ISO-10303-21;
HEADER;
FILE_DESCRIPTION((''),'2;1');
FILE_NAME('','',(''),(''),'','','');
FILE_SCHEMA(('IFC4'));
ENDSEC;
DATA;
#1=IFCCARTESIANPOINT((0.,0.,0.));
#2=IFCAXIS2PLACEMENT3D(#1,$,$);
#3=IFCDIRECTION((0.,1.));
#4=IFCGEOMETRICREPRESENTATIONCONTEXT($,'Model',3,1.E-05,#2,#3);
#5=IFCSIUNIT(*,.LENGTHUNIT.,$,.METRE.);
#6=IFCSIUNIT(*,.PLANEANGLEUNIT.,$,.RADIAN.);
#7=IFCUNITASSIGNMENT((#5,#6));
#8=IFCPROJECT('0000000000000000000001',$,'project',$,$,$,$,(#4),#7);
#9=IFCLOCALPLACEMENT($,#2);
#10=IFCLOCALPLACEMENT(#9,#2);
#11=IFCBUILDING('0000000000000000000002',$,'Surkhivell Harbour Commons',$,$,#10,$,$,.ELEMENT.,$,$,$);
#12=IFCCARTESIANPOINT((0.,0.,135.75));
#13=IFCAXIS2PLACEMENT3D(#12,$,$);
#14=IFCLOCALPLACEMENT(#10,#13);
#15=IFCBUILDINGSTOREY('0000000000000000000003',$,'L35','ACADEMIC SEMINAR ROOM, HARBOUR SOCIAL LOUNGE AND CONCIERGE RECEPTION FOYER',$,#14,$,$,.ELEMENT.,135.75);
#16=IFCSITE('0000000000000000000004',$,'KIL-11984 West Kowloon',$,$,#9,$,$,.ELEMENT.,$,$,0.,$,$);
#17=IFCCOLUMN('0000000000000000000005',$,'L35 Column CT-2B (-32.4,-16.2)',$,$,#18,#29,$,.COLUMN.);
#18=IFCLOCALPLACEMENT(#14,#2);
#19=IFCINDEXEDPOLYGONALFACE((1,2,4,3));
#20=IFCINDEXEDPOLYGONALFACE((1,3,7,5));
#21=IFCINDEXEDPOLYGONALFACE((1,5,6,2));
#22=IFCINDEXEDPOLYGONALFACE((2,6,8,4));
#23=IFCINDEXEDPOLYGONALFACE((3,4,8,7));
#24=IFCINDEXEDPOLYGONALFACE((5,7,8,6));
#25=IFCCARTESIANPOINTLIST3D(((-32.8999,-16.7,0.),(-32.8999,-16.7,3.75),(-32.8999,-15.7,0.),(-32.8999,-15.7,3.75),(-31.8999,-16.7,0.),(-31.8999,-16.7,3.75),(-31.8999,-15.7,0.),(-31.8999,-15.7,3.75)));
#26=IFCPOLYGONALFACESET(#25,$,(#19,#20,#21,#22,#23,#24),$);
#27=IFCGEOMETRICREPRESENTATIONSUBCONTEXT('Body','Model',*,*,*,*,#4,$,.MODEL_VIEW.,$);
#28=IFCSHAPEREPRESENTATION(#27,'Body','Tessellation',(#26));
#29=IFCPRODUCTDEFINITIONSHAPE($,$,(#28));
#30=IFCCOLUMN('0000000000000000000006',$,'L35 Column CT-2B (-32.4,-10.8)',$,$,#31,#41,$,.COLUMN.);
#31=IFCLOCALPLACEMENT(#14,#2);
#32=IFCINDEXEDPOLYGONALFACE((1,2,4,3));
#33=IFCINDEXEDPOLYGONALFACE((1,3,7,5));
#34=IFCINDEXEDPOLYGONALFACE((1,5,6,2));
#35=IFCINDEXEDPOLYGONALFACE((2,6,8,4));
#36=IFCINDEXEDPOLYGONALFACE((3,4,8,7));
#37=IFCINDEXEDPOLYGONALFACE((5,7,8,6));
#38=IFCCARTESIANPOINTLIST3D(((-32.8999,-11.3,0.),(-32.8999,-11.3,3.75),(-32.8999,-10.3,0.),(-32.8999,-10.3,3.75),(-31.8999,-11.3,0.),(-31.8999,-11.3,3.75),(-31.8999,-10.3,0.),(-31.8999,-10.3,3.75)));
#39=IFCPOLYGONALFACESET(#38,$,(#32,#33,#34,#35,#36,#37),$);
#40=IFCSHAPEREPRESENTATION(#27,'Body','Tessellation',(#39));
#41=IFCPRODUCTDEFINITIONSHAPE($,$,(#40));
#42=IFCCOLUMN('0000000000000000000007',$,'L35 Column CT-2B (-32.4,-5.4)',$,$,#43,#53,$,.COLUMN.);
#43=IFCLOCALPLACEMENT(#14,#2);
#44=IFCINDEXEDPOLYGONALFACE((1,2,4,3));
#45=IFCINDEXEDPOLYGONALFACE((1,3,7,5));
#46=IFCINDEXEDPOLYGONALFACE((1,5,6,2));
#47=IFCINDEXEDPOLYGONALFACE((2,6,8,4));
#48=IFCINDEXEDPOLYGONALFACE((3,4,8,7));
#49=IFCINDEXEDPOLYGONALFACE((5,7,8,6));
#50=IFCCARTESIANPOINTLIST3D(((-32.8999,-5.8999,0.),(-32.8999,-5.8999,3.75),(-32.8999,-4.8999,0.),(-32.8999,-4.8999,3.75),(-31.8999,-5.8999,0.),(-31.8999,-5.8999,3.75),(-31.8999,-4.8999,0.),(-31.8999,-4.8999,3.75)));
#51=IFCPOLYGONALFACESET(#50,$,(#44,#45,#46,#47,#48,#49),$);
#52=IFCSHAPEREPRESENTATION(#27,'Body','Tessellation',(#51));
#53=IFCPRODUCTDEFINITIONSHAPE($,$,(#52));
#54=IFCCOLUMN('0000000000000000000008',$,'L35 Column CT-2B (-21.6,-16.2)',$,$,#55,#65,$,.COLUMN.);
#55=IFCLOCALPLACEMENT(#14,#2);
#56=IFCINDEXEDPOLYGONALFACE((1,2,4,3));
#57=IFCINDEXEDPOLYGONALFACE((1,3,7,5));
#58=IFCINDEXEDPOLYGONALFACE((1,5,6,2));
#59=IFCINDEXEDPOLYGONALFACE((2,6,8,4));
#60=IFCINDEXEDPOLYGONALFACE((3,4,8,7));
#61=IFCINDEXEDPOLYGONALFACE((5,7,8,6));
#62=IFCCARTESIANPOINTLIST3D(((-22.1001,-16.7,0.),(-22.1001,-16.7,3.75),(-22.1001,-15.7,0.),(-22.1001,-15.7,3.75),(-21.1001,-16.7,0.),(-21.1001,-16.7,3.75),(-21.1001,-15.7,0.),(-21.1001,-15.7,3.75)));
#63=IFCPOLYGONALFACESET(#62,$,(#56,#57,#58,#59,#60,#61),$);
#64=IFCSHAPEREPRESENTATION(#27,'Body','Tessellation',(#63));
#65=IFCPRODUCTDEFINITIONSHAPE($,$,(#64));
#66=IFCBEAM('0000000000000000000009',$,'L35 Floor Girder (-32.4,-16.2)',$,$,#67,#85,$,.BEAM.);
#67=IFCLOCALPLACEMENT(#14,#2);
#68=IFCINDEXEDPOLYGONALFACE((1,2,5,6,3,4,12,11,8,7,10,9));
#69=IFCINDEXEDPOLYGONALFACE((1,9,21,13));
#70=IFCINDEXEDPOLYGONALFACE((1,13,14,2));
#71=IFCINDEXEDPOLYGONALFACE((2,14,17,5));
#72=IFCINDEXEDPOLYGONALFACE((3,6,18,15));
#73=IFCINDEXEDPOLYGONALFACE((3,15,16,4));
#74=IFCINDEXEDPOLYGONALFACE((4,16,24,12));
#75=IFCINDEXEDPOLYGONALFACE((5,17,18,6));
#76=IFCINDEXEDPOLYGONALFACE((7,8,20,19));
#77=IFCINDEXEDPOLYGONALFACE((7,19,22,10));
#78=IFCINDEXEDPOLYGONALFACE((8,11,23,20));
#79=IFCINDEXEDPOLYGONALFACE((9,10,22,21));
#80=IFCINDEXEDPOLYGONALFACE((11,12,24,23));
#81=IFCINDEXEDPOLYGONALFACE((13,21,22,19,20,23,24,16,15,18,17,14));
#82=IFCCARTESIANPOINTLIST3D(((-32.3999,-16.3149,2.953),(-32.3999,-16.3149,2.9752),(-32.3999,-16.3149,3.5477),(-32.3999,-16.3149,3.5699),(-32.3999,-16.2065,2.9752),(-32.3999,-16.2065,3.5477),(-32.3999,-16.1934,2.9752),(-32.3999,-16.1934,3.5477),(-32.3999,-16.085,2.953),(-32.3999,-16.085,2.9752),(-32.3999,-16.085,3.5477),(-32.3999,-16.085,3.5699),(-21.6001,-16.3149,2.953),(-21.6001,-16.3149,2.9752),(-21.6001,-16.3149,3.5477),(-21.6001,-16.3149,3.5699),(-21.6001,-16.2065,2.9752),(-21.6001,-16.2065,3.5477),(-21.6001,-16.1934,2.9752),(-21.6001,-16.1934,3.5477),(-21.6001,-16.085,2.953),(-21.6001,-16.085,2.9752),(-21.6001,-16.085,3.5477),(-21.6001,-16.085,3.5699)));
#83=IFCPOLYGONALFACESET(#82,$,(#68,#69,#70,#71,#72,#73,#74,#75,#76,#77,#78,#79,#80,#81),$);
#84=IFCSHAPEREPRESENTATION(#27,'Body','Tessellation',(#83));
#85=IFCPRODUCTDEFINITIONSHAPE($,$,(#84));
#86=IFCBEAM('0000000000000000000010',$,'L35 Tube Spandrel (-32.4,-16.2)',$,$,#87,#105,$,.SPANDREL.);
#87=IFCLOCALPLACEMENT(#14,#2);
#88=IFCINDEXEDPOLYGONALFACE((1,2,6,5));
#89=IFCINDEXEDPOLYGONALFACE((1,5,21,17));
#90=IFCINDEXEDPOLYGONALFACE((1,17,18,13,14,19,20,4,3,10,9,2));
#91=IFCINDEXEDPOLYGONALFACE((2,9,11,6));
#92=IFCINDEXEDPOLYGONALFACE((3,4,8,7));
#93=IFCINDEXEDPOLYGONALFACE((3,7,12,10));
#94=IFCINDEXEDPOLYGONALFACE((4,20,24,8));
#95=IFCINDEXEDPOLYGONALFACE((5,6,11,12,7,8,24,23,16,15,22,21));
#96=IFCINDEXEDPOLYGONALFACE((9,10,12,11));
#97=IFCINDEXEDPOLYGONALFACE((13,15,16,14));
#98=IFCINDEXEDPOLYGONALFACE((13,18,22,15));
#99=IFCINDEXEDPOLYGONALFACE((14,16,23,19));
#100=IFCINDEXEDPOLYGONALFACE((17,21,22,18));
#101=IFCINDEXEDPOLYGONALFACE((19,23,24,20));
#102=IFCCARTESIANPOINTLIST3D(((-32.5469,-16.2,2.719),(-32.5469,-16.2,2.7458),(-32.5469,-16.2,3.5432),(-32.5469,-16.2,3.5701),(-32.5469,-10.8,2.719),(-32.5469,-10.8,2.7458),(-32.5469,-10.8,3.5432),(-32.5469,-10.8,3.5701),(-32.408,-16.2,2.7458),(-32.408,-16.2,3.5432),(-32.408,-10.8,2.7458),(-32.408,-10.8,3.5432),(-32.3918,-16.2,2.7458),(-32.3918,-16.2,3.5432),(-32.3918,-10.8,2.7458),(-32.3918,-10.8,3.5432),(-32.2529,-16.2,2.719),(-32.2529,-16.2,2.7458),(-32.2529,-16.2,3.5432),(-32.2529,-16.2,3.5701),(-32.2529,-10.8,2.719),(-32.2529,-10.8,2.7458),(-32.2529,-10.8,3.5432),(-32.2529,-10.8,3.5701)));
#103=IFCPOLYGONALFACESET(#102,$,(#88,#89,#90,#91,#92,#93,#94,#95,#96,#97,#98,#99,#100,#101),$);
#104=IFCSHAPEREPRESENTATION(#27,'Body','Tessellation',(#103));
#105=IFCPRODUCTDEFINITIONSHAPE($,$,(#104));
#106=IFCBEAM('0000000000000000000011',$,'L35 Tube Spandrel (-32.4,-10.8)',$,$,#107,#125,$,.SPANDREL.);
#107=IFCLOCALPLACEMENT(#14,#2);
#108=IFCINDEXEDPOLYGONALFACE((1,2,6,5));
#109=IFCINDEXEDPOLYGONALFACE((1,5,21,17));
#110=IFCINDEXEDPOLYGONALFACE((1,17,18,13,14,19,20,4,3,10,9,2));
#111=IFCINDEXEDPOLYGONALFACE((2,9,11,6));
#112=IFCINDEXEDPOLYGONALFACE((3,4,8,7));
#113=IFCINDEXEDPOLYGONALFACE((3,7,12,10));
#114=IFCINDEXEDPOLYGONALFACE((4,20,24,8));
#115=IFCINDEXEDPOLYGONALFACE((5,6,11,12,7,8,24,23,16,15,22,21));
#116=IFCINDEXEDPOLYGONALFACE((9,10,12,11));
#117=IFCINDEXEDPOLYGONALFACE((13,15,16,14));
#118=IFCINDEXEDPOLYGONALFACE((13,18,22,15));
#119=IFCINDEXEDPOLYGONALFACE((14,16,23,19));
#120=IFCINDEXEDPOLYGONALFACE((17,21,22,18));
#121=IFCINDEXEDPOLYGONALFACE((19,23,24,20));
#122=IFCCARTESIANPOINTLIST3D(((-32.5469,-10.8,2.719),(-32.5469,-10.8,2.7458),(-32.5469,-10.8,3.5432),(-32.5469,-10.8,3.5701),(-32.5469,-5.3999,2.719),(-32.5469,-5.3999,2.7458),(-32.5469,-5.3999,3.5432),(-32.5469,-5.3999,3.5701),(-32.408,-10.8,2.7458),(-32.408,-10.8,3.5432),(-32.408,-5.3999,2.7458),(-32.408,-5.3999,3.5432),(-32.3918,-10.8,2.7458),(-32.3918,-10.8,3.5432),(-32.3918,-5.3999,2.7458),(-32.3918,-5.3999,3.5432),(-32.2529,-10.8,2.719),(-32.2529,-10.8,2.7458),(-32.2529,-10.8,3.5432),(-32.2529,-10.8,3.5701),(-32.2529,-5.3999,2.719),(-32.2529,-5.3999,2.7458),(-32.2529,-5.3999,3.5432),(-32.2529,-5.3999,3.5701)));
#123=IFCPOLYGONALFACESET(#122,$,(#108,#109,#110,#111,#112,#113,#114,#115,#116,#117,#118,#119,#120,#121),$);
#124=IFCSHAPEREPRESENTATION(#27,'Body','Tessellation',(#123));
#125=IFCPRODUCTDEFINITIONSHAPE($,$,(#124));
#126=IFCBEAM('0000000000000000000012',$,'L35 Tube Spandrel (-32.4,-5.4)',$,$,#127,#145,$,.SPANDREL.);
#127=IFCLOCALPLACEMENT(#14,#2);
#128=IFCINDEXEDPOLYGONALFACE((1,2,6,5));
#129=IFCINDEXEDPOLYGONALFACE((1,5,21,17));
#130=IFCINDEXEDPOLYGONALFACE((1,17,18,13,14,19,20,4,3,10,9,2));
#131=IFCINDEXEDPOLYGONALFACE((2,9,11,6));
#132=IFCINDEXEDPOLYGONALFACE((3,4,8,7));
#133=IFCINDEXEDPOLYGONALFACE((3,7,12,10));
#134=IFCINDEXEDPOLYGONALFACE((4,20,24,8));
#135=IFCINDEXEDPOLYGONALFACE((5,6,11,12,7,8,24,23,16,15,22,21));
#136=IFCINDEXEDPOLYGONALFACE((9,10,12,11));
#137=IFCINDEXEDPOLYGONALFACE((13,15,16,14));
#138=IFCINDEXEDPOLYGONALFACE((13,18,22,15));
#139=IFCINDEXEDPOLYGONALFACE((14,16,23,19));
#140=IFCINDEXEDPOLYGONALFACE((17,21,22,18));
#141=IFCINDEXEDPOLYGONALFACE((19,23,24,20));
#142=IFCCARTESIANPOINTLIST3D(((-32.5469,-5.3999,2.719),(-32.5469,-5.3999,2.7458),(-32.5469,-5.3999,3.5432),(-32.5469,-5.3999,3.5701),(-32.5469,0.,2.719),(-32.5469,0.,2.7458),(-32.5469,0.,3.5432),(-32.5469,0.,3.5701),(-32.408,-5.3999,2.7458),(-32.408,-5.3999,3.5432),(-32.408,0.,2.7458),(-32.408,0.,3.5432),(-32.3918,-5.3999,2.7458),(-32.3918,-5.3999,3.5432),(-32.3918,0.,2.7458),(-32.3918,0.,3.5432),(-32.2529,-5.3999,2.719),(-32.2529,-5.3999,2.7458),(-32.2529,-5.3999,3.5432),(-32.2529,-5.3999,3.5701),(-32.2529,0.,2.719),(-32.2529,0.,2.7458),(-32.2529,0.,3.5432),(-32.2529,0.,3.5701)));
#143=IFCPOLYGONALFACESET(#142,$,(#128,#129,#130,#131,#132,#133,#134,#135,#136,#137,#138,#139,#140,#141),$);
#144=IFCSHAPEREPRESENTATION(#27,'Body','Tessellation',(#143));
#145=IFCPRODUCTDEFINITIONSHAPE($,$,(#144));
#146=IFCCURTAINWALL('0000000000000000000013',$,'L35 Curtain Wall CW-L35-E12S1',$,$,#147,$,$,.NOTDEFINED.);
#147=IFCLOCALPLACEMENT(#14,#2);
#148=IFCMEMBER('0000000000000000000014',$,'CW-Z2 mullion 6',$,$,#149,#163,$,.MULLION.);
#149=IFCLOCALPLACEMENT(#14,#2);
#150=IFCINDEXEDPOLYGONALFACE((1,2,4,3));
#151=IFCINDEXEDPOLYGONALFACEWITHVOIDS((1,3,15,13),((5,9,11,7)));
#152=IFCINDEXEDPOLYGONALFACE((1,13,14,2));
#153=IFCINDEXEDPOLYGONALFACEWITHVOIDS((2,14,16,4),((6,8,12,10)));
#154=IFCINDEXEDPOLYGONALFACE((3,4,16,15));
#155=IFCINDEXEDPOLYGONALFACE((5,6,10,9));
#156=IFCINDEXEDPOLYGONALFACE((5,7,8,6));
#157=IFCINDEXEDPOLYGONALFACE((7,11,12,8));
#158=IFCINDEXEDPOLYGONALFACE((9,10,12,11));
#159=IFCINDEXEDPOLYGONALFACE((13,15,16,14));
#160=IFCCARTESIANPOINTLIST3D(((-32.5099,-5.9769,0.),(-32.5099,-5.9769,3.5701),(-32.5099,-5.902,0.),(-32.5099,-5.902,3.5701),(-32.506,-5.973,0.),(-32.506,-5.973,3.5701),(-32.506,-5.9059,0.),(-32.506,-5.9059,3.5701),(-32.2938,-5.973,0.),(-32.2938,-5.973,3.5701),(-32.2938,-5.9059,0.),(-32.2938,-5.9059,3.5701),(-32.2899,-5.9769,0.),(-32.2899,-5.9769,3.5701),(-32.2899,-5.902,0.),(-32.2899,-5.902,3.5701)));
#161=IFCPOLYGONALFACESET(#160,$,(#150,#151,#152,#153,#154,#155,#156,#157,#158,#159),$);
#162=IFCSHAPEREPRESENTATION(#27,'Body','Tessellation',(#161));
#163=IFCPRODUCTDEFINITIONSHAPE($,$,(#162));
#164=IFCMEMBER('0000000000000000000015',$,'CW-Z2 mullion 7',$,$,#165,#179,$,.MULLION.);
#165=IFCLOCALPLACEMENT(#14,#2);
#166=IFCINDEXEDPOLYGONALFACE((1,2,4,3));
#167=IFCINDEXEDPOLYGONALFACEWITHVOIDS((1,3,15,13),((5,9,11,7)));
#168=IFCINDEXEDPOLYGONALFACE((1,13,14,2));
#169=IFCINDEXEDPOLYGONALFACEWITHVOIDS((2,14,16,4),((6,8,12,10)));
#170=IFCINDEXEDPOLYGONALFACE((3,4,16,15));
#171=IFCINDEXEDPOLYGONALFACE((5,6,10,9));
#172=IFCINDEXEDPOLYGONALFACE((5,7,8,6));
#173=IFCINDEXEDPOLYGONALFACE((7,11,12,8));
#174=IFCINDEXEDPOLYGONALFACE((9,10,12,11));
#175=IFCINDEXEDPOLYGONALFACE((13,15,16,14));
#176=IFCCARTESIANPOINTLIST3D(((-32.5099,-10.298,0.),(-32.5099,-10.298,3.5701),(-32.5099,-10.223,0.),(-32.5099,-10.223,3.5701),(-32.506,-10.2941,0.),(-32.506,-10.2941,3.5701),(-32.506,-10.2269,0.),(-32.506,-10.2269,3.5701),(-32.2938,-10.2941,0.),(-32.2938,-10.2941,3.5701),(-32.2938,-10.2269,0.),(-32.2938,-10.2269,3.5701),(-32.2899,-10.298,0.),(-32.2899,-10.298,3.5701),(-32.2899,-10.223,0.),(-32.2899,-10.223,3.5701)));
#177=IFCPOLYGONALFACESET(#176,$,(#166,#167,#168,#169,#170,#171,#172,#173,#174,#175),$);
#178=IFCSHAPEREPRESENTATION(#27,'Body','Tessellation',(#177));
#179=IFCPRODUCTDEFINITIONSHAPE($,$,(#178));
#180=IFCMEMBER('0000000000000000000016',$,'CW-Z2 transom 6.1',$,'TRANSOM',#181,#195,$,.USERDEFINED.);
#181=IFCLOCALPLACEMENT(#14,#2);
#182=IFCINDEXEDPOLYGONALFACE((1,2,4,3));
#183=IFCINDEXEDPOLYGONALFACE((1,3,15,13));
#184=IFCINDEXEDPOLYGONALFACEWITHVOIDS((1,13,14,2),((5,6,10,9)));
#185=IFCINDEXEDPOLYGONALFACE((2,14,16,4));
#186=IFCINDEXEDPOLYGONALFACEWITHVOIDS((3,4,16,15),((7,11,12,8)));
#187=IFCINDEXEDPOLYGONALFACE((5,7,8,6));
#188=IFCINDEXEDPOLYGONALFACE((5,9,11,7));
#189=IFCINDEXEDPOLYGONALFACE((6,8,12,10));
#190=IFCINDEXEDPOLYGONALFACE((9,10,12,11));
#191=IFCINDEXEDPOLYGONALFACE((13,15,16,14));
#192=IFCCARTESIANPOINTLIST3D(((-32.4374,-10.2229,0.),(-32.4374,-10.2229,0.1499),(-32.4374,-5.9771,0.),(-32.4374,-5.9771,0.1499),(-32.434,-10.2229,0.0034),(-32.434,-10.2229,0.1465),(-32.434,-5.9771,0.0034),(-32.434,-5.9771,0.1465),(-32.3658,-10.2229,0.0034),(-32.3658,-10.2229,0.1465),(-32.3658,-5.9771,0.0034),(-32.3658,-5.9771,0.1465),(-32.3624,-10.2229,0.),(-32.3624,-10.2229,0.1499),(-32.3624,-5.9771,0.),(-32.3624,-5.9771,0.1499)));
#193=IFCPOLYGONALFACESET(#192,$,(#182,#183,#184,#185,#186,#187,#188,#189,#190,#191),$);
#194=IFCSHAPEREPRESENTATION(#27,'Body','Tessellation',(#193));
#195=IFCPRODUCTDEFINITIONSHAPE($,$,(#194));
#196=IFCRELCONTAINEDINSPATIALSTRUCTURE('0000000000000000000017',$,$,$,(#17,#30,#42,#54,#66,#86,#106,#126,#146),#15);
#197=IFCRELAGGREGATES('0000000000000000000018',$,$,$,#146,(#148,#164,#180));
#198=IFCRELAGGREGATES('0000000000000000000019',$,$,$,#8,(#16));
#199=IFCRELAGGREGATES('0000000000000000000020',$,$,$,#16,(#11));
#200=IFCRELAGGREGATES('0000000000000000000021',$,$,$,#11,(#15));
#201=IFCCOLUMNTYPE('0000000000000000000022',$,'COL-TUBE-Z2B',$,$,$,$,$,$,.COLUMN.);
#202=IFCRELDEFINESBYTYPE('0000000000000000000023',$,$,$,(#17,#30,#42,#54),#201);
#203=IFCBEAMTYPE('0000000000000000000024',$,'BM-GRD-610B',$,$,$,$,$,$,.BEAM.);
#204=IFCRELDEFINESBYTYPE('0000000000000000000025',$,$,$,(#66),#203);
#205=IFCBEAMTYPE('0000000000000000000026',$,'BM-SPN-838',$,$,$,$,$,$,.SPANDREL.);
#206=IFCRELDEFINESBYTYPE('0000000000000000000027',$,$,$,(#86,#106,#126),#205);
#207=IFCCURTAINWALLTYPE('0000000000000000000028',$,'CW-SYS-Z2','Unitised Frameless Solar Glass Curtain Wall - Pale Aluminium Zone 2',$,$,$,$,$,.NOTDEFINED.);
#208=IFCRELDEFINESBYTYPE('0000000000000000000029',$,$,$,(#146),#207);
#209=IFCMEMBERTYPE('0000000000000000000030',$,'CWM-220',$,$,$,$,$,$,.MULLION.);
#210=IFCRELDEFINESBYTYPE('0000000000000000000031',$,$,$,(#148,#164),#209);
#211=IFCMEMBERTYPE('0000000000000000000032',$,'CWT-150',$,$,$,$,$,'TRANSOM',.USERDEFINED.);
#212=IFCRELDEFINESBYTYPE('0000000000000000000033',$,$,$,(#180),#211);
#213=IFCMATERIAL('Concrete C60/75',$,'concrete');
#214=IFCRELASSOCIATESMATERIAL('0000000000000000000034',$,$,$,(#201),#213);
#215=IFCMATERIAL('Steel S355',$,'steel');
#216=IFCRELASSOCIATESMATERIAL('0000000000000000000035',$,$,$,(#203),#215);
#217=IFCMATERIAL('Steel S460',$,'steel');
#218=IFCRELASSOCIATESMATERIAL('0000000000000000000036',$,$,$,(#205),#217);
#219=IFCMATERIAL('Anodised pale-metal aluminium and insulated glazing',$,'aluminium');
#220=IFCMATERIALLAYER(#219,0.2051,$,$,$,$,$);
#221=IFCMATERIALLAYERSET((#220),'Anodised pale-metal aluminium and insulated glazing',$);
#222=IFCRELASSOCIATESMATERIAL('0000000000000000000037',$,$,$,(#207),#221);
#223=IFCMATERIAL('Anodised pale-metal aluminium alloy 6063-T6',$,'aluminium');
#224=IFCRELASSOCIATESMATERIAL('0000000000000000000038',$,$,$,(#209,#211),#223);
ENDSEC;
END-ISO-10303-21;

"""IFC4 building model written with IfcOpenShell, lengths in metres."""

from ifc_helpers import new_model, si_unit, direction, frame, origin, origin_2d, place, context, subcontext, project, spatial, rectangle, hollow_rectangle, i_section, extrude, material, layer, layer_set, material_profile, profile_set, type_object, element, aggregate, save


model = new_model("IFC4")

# Units and contexts
model_context = context("Model", 3, precision=1e-05, world=origin(), true_north=direction((0.0, 1.0)))
body_context = subcontext(model_context, "Body", "Model", "MODEL_VIEW")
ifc_project = project(units=[si_unit("LENGTHUNIT", "METRE"), si_unit("PLANEANGLEUNIT", "RADIAN")], contexts=[model_context])

# Site, building, storey
site_placement = place(None, origin())
site = spatial("IfcSite", under=ifc_project, at=site_placement, Name="KIL-11984 West Kowloon", CompositionType="ELEMENT", RefElevation=0.0)
building_placement = place(site_placement, origin())
building = spatial("IfcBuilding", under=site, at=building_placement, Name="Surkhivell Harbour Commons", CompositionType="ELEMENT")
storey_placement = place(building_placement, frame((0.0, 0.0, 135.75)))
storey = spatial("IfcBuildingStorey", under=building, at=storey_placement, Name="L35", Description="ACADEMIC SEMINAR ROOM, HARBOUR SOCIAL LOUNGE AND CONCIERGE RECEPTION FOYER", CompositionType="ELEMENT", Elevation=135.75)

# Columns
ifc_material_1 = material(Name="Concrete C60/75", Category="concrete")
ifc_material_profile_1 = material_profile(ifc_material_1, rectangle(XDim=1.0, YDim=1.0, at=origin_2d()), Name="RC-COL-1000x1000")
ifc_profile_set_1 = profile_set([ifc_material_profile_1], Name="Concrete C60/75")
column_type = type_object("IfcColumnType", Name="COL-TUBE-Z2B", PredefinedType="COLUMN", material=ifc_profile_set_1)
for number, where, z_axis, x_axis, name in (
    (1, (-32.3999, -16.2, 0.0), (0.0, 0.0, 1.0), (1.0, 0.0, 0.0), "L35 Column CT-2B (-32.4,-16.2)"),
    (2, (-32.3999, -10.8, 0.0), (0.0, 0.0, 1.0), (1.0, 0.0, 0.0), "L35 Column CT-2B (-32.4,-10.8)"),
    (3, (-32.3999, -5.3999, 0.0), (0.0, 0.0, 1.0), (1.0, 0.0, 0.0), "L35 Column CT-2B (-32.4,-5.4)"),
    (4, (-21.6001, -16.2, 0.0), (0.0, 0.0, 1.0), (1.0, 0.0, 0.0), "L35 Column CT-2B (-21.6,-16.2)"),
):
    element("IfcColumn", number, at=place(storey_placement, frame(where, z_axis=z_axis, x_axis=x_axis)), inside=storey, type_object=column_type, Name=name, PredefinedType="COLUMN", context=body_context, shape_type="SweptSolid", body=[
        extrude(rectangle(XDim=1.0, YDim=1.0, at=origin_2d()), origin(), (0.0, 0.0, 1.0), 3.75),
    ])

# Beams
ifc_material_2 = material(Name="Steel S355", Category="steel")
ifc_material_profile_2 = material_profile(ifc_material_2, i_section(OverallWidth=0.23, OverallDepth=0.6169, WebThickness=0.0132, FlangeThickness=0.0222, at=origin_2d()), Name="UB610x229x140")
ifc_profile_set_2 = profile_set([ifc_material_profile_2], Name="Steel S355")
beam_type_1 = type_object("IfcBeamType", Name="BM-GRD-610B", PredefinedType="BEAM", material=ifc_profile_set_2)
beam_1_placement = place(storey_placement, frame((-32.3999, -16.2, 3.2615), z_axis=(1.0, 0.0, 0.0), x_axis=(0.0, 1.0, 0.0)))
element("IfcBeam", 5, at=beam_1_placement, inside=storey, type_object=beam_type_1, Name="L35 Floor Girder (-32.4,-16.2)", PredefinedType="BEAM", context=body_context, shape_type="SweptSolid", body=[
    extrude(i_section(OverallWidth=0.23, OverallDepth=0.6169, WebThickness=0.0132, FlangeThickness=0.0222, at=origin_2d()), origin(), (0.0, 0.0, 1.0), 10.7998),
])
ifc_material_3 = material(Name="Steel S460", Category="steel")
ifc_material_profile_3 = material_profile(ifc_material_3, i_section(OverallWidth=0.2939, OverallDepth=0.8511, WebThickness=0.0161, FlangeThickness=0.0269, at=origin_2d()), Name="UB838x292x226")
ifc_profile_set_3 = profile_set([ifc_material_profile_3], Name="Steel S460")
beam_type_2 = type_object("IfcBeamType", Name="BM-SPN-838", PredefinedType="SPANDREL", material=ifc_profile_set_3)
beam_2_placement = place(storey_placement, frame((-32.3999, -16.2, 3.1445), z_axis=(0.0, 1.0, 0.0), x_axis=(-1.0, 0.0, 0.0)))
element("IfcBeam", 6, at=beam_2_placement, inside=storey, type_object=beam_type_2, Name="L35 Tube Spandrel (-32.4,-16.2)", PredefinedType="SPANDREL", context=body_context, shape_type="SweptSolid", body=[
    extrude(i_section(OverallWidth=0.2939, OverallDepth=0.8511, WebThickness=0.0161, FlangeThickness=0.0269, at=origin_2d()), origin(), (0.0, 0.0, 1.0), 5.3999),
])
beam_3_placement = place(storey_placement, frame((-32.3999, -10.8, 3.1445), z_axis=(0.0, 1.0, 0.0), x_axis=(-1.0, 0.0, 0.0)))
element("IfcBeam", 7, at=beam_3_placement, inside=storey, type_object=beam_type_2, Name="L35 Tube Spandrel (-32.4,-10.8)", PredefinedType="SPANDREL", context=body_context, shape_type="SweptSolid", body=[
    extrude(i_section(OverallWidth=0.2939, OverallDepth=0.8511, WebThickness=0.0161, FlangeThickness=0.0269, at=origin_2d()), origin(), (0.0, 0.0, 1.0), 5.4001),
])
beam_4_placement = place(storey_placement, frame((-32.3999, -5.3999, 3.1445), z_axis=(0.0, 1.0, 0.0), x_axis=(-1.0, 0.0, 0.0)))
element("IfcBeam", 8, at=beam_4_placement, inside=storey, type_object=beam_type_2, Name="L35 Tube Spandrel (-32.4,-5.4)", PredefinedType="SPANDREL", context=body_context, shape_type="SweptSolid", body=[
    extrude(i_section(OverallWidth=0.2939, OverallDepth=0.8511, WebThickness=0.0161, FlangeThickness=0.0269, at=origin_2d()), origin(), (0.0, 0.0, 1.0), 5.3999),
])

# Curtain wall, members
ifc_material_4 = material(Name="Anodised pale-metal aluminium and insulated glazing", Category="aluminium")
ifc_layer_1 = layer(ifc_material_4, 0.2051)
ifc_layer_set_1 = layer_set([ifc_layer_1], Name="Anodised pale-metal aluminium and insulated glazing")
curtain_wall_type = type_object("IfcCurtainWallType", Name="CW-SYS-Z2", Description="Unitised Frameless Solar Glass Curtain Wall - Pale Aluminium Zone 2", PredefinedType="NOTDEFINED", material=ifc_layer_set_1)
curtain_wall_placement = place(storey_placement, origin())
curtain_wall = element("IfcCurtainWall", 9, at=curtain_wall_placement, inside=storey, type_object=curtain_wall_type, Name="L35 Curtain Wall CW-L35-E12S1", PredefinedType="NOTDEFINED")
ifc_material_5 = material(Name="Anodised pale-metal aluminium alloy 6063-T6", Category="aluminium")
ifc_material_profile_4 = material_profile(ifc_material_5, hollow_rectangle(XDim=0.075, YDim=0.22, WallThickness=0.0039, at=origin_2d()), Name="ALU-MULL-75x220")
ifc_profile_set_4 = profile_set([ifc_material_profile_4], Name="Anodised pale-metal aluminium alloy 6063-T6")
member_type_1 = type_object("IfcMemberType", Name="CWM-220", PredefinedType="MULLION", material=ifc_profile_set_4)
member_1_placement = place(storey_placement, frame((-32.3999, -5.9395, 0.0), z_axis=(0.0, 0.0, 1.0), x_axis=(0.0, -1.0, 0.0)))
member_1 = element("IfcMember", 10, at=member_1_placement, type_object=member_type_1, Name="CW-Z2 mullion 6", PredefinedType="MULLION", context=body_context, shape_type="SweptSolid", body=[
    extrude(hollow_rectangle(XDim=0.075, YDim=0.22, WallThickness=0.0039, at=origin_2d()), origin(), (0.0, 0.0, 1.0), 3.5701),
])
member_2_placement = place(storey_placement, frame((-32.3999, -10.2605, 0.0), z_axis=(0.0, 0.0, 1.0), x_axis=(0.0, -1.0, 0.0)))
member_2 = element("IfcMember", 11, at=member_2_placement, type_object=member_type_1, Name="CW-Z2 mullion 7", PredefinedType="MULLION", context=body_context, shape_type="SweptSolid", body=[
    extrude(hollow_rectangle(XDim=0.075, YDim=0.22, WallThickness=0.0039, at=origin_2d()), origin(), (0.0, 0.0, 1.0), 3.5701),
])
ifc_material_profile_5 = material_profile(ifc_material_5, hollow_rectangle(XDim=0.075, YDim=0.1499, WallThickness=0.0034, at=origin_2d()), Name="ALU-TRAN-75x150")
ifc_profile_set_5 = profile_set([ifc_material_profile_5], Name="Anodised pale-metal aluminium alloy 6063-T6")
member_type_2 = type_object("IfcMemberType", Name="CWT-150", ElementType="TRANSOM", PredefinedType="USERDEFINED", material=ifc_profile_set_5)
member_3_placement = place(storey_placement, frame((-32.3999, -5.9771, 0.075), z_axis=(0.0, -1.0, 0.0), x_axis=(1.0, 0.0, 0.0)))
member_3 = element("IfcMember", 12, at=member_3_placement, type_object=member_type_2, Name="CW-Z2 transom 6.1", ObjectType="TRANSOM", PredefinedType="USERDEFINED", context=body_context, shape_type="SweptSolid", body=[
    extrude(hollow_rectangle(XDim=0.075, YDim=0.1499, WallThickness=0.0034, at=origin_2d()), origin(), (0.0, 0.0, 1.0), 4.2458),
])

aggregate(curtain_wall, [member_1, member_2, member_3])

save(model, "model.ifc")
